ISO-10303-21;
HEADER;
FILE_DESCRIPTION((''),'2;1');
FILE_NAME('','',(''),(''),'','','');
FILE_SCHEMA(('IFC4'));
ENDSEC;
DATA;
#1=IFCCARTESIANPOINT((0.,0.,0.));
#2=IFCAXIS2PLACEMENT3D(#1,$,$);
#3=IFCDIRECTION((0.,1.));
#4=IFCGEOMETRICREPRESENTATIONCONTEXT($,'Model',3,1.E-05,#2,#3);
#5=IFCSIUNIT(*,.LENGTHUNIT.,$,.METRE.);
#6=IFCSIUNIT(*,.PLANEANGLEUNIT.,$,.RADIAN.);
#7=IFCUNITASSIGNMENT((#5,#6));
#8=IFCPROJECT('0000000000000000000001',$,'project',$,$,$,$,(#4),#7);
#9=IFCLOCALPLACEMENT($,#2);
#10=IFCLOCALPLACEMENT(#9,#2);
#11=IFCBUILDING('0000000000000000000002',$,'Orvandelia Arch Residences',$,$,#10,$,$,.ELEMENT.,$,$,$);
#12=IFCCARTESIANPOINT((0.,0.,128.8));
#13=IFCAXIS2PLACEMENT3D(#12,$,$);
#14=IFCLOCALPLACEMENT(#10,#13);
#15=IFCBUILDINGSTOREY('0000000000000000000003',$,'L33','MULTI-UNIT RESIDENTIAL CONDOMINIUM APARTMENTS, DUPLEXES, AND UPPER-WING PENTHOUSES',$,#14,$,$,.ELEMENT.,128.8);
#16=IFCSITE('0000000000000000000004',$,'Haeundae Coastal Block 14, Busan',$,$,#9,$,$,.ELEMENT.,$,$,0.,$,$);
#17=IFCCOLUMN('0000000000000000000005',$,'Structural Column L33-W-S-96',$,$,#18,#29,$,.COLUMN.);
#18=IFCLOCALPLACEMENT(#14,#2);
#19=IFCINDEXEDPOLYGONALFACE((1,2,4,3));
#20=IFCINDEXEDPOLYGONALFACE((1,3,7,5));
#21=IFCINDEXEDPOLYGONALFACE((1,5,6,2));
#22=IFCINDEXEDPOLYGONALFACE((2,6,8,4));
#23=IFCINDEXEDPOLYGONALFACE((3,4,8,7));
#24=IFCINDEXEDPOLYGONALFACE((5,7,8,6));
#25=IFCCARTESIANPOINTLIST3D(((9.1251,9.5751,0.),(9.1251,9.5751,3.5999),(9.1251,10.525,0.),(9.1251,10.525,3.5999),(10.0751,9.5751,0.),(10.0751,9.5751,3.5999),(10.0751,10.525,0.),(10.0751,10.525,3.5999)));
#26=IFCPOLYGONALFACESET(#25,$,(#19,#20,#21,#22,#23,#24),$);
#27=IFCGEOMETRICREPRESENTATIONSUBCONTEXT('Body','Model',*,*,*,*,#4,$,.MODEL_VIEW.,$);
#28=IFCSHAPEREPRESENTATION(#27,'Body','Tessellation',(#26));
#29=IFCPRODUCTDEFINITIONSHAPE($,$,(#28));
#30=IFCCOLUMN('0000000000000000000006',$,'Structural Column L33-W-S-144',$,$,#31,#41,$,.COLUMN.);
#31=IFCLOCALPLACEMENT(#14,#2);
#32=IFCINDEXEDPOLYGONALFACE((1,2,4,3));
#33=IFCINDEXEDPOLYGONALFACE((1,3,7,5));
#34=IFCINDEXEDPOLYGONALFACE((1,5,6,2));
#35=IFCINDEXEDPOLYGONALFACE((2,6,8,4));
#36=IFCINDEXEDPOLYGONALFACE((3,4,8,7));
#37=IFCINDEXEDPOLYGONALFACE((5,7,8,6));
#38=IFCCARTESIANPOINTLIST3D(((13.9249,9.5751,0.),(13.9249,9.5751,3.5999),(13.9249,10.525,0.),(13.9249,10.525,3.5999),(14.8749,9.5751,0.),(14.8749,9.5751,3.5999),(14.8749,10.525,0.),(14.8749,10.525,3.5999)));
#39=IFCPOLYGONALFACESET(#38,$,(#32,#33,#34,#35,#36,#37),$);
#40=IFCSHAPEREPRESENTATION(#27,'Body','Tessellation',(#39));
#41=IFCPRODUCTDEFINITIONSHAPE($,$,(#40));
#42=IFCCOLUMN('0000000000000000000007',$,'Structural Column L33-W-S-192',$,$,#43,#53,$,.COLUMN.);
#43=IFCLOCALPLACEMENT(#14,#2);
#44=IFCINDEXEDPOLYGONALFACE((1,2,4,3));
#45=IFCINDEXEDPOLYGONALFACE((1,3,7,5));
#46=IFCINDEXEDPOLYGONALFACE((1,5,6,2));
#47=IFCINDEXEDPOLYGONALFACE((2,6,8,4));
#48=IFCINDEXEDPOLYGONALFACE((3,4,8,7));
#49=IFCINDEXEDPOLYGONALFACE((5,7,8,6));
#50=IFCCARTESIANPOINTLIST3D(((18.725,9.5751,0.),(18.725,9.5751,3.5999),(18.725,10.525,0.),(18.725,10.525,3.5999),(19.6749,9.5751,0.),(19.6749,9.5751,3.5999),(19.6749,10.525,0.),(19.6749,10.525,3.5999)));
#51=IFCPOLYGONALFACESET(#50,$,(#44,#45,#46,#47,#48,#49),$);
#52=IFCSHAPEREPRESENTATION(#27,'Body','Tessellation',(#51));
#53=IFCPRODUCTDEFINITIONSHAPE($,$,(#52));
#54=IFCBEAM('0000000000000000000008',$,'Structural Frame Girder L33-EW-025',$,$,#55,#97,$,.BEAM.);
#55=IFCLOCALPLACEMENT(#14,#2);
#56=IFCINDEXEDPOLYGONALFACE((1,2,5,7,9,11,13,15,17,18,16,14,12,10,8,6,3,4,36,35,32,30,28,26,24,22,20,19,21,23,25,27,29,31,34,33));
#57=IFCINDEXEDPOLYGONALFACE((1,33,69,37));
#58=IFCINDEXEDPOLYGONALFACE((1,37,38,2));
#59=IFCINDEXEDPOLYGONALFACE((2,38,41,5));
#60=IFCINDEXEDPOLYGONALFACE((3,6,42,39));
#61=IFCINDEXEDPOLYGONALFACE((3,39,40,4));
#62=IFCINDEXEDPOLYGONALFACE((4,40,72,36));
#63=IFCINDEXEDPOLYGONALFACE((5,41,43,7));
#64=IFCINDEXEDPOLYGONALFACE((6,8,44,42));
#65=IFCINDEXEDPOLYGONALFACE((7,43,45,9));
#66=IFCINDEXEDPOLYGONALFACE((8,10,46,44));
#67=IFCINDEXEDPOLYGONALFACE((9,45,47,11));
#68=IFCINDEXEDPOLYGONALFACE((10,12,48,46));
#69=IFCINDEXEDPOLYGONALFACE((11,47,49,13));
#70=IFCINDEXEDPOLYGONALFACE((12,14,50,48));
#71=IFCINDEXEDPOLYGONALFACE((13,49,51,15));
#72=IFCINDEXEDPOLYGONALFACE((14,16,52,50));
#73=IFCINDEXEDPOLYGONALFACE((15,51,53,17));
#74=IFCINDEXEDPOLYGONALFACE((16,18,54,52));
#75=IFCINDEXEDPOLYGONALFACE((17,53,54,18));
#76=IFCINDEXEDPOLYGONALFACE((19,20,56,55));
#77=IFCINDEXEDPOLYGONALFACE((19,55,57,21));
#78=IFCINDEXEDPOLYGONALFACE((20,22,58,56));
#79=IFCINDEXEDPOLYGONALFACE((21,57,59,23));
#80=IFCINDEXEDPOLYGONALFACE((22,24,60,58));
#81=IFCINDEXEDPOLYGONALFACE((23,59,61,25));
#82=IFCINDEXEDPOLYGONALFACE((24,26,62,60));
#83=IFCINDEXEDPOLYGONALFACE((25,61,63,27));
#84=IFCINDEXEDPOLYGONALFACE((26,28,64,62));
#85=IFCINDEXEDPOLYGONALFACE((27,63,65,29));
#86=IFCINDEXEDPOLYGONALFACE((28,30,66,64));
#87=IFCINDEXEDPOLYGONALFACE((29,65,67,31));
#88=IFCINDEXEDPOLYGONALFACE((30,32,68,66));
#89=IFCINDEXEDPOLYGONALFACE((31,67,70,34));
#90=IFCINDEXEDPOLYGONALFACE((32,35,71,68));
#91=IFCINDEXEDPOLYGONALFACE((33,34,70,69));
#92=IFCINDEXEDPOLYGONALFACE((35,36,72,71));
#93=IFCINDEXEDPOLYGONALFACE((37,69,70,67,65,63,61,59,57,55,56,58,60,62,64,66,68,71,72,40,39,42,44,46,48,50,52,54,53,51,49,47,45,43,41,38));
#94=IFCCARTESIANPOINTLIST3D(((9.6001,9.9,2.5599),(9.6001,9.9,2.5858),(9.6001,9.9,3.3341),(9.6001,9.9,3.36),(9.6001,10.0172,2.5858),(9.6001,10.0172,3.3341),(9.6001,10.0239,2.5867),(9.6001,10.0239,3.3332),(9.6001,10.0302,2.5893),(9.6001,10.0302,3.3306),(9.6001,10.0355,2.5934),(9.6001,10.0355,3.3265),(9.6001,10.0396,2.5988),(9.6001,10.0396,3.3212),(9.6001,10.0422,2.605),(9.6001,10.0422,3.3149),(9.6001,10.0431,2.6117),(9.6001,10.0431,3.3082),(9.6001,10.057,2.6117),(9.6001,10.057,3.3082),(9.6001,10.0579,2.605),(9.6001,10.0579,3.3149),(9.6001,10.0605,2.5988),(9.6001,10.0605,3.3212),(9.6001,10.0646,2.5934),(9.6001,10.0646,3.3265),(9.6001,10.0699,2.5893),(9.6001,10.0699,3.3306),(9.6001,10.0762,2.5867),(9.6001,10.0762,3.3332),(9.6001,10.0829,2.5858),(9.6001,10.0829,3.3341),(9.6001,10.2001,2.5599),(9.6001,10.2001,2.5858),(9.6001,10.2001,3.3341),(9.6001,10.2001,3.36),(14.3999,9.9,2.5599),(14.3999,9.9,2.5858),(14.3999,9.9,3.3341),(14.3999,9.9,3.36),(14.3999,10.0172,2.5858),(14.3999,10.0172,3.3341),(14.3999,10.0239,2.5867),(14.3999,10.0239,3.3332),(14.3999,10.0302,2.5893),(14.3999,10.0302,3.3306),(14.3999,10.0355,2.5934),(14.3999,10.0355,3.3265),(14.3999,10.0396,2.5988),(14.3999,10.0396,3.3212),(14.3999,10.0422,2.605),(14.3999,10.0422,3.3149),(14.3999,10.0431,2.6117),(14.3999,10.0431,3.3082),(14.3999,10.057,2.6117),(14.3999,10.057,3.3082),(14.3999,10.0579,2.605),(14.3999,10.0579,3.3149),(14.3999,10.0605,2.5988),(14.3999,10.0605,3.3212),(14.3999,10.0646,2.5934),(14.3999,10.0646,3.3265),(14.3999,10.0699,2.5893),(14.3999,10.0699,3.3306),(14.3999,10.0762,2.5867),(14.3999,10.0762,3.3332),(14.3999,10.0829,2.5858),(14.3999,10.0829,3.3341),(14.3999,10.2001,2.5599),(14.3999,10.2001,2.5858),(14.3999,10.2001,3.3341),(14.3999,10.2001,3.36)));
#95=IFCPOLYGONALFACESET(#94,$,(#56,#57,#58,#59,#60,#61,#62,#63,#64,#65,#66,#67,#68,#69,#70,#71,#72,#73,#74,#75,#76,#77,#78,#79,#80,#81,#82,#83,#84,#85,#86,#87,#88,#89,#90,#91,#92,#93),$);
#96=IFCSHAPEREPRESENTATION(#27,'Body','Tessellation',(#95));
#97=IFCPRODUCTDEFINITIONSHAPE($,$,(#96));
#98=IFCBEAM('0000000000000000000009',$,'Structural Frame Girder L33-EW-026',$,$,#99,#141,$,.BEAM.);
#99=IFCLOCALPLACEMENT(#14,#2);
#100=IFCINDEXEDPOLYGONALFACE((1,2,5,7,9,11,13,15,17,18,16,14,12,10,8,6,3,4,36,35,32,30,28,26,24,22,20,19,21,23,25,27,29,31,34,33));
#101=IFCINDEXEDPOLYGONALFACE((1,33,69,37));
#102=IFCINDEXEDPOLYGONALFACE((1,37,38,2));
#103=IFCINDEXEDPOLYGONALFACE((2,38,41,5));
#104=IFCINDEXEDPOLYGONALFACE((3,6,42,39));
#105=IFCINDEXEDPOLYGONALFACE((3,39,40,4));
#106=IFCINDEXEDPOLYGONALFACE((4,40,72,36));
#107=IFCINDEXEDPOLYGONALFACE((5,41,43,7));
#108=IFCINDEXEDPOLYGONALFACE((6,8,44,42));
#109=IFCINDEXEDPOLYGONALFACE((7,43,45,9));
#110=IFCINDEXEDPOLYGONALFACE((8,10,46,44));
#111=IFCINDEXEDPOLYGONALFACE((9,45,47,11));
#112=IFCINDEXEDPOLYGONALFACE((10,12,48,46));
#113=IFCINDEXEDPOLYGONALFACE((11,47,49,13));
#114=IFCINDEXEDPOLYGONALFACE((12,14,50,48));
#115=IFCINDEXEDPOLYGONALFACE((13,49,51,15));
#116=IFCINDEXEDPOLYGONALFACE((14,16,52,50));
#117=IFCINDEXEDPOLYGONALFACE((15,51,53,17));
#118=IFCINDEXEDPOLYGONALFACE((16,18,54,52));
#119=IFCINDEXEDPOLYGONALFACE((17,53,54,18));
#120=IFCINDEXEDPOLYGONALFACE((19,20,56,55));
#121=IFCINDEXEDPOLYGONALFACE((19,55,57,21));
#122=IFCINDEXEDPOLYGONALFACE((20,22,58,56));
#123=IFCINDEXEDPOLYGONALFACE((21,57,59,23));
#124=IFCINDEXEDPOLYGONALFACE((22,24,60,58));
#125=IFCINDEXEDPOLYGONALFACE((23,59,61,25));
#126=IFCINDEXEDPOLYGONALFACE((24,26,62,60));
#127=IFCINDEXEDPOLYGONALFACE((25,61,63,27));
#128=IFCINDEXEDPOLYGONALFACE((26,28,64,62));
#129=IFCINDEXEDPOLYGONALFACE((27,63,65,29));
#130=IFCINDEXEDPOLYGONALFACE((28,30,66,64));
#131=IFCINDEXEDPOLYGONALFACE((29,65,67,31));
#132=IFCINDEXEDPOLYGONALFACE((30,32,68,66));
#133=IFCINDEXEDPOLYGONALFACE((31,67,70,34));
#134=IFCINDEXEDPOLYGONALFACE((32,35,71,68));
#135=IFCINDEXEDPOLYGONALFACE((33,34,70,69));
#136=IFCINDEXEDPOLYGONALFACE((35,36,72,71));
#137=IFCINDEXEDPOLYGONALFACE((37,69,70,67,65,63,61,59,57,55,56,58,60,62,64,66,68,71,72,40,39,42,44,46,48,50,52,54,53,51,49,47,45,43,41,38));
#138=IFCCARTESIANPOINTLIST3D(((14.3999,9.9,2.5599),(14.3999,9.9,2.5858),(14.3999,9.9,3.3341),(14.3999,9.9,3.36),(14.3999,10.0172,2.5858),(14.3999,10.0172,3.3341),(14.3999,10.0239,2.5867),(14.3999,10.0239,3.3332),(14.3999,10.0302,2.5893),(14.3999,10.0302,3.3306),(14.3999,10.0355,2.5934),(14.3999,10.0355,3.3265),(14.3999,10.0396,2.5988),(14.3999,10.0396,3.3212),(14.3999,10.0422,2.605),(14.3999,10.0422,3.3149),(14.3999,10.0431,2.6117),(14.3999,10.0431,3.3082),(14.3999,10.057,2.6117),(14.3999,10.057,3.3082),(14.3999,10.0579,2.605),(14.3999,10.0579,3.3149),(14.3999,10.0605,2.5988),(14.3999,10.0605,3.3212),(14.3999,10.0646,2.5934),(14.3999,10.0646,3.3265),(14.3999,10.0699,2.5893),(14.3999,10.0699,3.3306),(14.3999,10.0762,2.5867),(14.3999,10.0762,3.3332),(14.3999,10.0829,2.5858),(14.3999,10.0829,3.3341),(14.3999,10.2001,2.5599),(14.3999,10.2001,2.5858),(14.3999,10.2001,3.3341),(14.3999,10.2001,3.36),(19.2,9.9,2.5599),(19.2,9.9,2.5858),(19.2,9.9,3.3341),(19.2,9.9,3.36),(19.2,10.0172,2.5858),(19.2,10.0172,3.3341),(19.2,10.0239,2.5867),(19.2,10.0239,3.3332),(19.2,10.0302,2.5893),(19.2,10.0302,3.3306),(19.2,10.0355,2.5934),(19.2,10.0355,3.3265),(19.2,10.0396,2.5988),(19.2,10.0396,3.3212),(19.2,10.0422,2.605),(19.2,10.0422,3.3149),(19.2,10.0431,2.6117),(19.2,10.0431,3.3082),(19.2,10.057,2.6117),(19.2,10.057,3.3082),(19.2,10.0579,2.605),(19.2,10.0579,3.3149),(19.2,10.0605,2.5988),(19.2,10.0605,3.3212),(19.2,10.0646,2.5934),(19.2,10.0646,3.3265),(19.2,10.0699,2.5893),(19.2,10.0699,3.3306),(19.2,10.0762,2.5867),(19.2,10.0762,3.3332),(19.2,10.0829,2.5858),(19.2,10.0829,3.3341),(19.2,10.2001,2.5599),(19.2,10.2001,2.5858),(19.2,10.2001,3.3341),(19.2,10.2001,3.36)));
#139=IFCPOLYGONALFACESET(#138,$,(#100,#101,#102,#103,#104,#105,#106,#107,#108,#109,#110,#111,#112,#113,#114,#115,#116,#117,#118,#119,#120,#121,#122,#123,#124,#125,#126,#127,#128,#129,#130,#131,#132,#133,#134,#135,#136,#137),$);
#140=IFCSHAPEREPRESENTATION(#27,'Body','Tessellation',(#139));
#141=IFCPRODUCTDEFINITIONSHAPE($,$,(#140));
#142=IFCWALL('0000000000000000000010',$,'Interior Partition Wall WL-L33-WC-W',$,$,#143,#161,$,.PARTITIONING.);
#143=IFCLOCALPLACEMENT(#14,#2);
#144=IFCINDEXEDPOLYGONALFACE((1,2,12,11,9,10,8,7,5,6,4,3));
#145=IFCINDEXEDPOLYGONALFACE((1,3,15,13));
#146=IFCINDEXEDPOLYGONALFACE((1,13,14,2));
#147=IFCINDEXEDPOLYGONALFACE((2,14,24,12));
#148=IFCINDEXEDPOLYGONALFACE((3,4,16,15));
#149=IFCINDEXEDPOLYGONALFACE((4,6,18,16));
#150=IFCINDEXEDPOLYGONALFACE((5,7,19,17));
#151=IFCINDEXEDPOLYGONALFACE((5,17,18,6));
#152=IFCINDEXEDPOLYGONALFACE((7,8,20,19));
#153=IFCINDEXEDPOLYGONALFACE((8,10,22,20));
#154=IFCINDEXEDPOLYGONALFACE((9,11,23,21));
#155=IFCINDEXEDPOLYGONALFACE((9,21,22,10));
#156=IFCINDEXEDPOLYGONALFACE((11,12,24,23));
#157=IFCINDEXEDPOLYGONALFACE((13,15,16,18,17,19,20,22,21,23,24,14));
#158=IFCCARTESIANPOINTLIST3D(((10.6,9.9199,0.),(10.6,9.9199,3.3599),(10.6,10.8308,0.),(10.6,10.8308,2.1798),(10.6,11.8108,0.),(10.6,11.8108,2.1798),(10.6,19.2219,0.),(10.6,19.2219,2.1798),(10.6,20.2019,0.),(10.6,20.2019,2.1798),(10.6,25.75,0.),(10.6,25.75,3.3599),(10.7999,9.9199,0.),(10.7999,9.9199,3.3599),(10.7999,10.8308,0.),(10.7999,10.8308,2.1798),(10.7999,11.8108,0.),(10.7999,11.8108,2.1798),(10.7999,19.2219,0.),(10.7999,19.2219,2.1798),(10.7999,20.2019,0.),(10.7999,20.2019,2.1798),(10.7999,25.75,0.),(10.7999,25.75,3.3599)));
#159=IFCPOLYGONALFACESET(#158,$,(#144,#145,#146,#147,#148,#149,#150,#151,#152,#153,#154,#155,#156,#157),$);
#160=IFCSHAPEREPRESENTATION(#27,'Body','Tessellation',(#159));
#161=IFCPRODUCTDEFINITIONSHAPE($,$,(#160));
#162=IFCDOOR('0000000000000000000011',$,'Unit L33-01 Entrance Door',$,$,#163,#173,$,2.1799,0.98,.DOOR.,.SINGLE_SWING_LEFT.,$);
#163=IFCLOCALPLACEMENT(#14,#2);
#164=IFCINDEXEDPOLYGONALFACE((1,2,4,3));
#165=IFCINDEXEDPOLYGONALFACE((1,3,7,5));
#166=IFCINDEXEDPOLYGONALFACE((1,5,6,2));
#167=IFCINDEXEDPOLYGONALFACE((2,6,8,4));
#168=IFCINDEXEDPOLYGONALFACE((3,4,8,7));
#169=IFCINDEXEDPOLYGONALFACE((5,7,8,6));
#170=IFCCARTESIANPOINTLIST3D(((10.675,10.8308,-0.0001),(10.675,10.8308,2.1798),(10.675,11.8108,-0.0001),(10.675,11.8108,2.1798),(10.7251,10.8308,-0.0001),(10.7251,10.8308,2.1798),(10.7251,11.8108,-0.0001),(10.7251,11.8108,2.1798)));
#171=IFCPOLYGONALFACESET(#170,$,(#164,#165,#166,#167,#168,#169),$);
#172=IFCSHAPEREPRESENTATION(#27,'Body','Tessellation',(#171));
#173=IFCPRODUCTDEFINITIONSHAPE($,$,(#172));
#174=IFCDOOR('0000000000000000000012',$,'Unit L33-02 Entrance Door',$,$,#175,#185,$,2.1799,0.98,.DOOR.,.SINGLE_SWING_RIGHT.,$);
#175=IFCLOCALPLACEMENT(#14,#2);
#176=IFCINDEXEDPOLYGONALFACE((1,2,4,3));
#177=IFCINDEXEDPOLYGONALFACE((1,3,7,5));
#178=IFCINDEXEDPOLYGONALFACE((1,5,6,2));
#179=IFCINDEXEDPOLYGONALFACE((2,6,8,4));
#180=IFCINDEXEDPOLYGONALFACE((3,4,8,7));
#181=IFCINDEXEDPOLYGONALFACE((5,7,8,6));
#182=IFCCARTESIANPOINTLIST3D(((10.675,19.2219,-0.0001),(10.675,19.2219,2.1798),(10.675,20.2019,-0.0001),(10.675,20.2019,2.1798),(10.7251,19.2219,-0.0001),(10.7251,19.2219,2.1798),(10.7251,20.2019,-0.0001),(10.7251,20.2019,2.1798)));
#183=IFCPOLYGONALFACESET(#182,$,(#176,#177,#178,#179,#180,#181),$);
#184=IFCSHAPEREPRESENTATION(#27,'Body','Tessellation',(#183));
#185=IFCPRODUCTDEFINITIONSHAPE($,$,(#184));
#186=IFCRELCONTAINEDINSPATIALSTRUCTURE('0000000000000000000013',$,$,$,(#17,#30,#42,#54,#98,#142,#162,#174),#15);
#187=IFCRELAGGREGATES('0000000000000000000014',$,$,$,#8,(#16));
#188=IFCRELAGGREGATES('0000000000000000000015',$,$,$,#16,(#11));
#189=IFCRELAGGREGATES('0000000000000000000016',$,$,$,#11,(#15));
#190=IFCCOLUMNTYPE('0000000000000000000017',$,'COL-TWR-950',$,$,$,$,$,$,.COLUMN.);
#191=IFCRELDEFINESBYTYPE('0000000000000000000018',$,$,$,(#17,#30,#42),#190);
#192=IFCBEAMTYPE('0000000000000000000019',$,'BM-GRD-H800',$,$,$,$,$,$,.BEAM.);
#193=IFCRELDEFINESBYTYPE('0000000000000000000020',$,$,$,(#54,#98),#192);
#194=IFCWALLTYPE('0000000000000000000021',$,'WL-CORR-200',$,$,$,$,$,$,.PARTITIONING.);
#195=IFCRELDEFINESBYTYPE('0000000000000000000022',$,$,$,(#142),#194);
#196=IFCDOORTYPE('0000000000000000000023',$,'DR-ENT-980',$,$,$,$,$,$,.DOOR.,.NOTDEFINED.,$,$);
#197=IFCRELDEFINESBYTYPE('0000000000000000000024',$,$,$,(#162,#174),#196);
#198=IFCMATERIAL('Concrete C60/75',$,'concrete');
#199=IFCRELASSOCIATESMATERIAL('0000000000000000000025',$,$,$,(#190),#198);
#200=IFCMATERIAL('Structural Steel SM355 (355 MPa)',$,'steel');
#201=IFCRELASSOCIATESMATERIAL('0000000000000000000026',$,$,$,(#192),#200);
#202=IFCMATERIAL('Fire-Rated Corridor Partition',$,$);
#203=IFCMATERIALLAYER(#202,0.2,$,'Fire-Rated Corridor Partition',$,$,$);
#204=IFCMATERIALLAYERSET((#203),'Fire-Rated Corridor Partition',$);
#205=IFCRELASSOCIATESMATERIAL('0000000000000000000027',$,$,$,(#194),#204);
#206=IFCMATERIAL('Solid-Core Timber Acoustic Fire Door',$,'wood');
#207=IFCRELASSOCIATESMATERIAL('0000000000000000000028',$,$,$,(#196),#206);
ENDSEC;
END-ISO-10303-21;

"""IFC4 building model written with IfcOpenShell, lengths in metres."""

from ifc_helpers import new_model, si_unit, direction, frame, frame_2d, origin, origin_2d, place, context, subcontext, project, spatial, rectangle, i_section, extrude, material, layer, layer_set, material_profile, profile_set, type_object, element, fill, save


model = new_model("IFC4")

# Units and contexts
model_context = context("Model", 3, precision=1e-05, world=origin(), true_north=direction((0.0, 1.0)))
body_context = subcontext(model_context, "Body", "Model", "MODEL_VIEW")
ifc_project = project(units=[si_unit("LENGTHUNIT", "METRE"), si_unit("PLANEANGLEUNIT", "RADIAN")], contexts=[model_context])

# Site, building, storey
site_placement = place(None, origin())
site = spatial("IfcSite", under=ifc_project, at=site_placement, Name="Haeundae Coastal Block 14, Busan", CompositionType="ELEMENT", RefElevation=0.0)
building_placement = place(site_placement, origin())
building = spatial("IfcBuilding", under=site, at=building_placement, Name="Orvandelia Arch Residences", CompositionType="ELEMENT")
storey_placement = place(building_placement, frame((0.0, 0.0, 128.8)))
storey = spatial("IfcBuildingStorey", under=building, at=storey_placement, Name="L33", Description="MULTI-UNIT RESIDENTIAL CONDOMINIUM APARTMENTS, DUPLEXES, AND UPPER-WING PENTHOUSES", CompositionType="ELEMENT", Elevation=128.8)

# Columns
ifc_material_1 = material(Name="Concrete C60/75", Category="concrete")
ifc_material_profile_1 = material_profile(ifc_material_1, rectangle(XDim=0.95, YDim=0.95, at=origin_2d()), Name="Concrete C60/75", Category="concrete")
ifc_profile_set_1 = profile_set([ifc_material_profile_1], Name="Concrete C60/75")
column_type = type_object("IfcColumnType", Name="COL-TWR-950", PredefinedType="COLUMN", material=ifc_profile_set_1)
for number, where, z_axis, x_axis, name in (
    (1, (9.6001, 10.05, 0.0), (0.0, 0.0, 1.0), (1.0, 0.0, 0.0), "Structural Column L33-W-S-96"),
    (2, (14.3999, 10.05, 0.0), (0.0, 0.0, 1.0), (1.0, 0.0, 0.0), "Structural Column L33-W-S-144"),
    (3, (19.2, 10.05, 0.0), (0.0, 0.0, 1.0), (1.0, 0.0, 0.0), "Structural Column L33-W-S-192"),
):
    element("IfcColumn", number, at=place(storey_placement, frame(where, z_axis=z_axis, x_axis=x_axis)), inside=storey, type_object=column_type, Name=name, PredefinedType="COLUMN", context=body_context, shape_type="SweptSolid", body=[
        extrude(rectangle(XDim=0.95, YDim=0.95, at=origin_2d()), origin(), (0.0, 0.0, 1.0), 3.5999),
    ])

# Beams
ifc_material_2 = material(Name="Structural Steel SM355 (355 MPa)", Category="steel")
ifc_material_profile_2 = material_profile(ifc_material_2, i_section(OverallWidth=0.3, OverallDepth=0.8, WebThickness=0.0139, FlangeThickness=0.0259, FilletRadius=0.0259, at=origin_2d()), Name="Structural Steel SM355 (355 MPa)", Category="steel")
ifc_profile_set_2 = profile_set([ifc_material_profile_2], Name="Structural Steel SM355 (355 MPa)")
beam_type = type_object("IfcBeamType", Name="BM-GRD-H800", PredefinedType="BEAM", material=ifc_profile_set_2)
beam_1_placement = place(storey_placement, frame((9.6001, 10.05, 2.96), z_axis=(1.0, 0.0, 0.0), x_axis=(0.0, 1.0, 0.0)))
element("IfcBeam", 4, at=beam_1_placement, inside=storey, type_object=beam_type, Name="Structural Frame Girder L33-EW-025", PredefinedType="BEAM", context=body_context, shape_type="SweptSolid", body=[
    extrude(i_section(OverallWidth=0.3, OverallDepth=0.8, WebThickness=0.0139, FlangeThickness=0.0259, FilletRadius=0.0259, at=origin_2d()), origin(), (0.0, 0.0, 1.0), 4.7998),
])
beam_2_placement = place(storey_placement, frame((14.3999, 10.05, 2.96), z_axis=(1.0, 0.0, 0.0), x_axis=(0.0, 1.0, 0.0)))
element("IfcBeam", 5, at=beam_2_placement, inside=storey, type_object=beam_type, Name="Structural Frame Girder L33-EW-026", PredefinedType="BEAM", context=body_context, shape_type="SweptSolid", body=[
    extrude(i_section(OverallWidth=0.3, OverallDepth=0.8, WebThickness=0.0139, FlangeThickness=0.0259, FilletRadius=0.0259, at=origin_2d()), origin(), (0.0, 0.0, 1.0), 4.8),
])

# Wall, openings, doors
ifc_material_3 = material(Name="Fire-Rated Corridor Partition")
ifc_layer_1 = layer(ifc_material_3, 0.2, Name="Fire-Rated Corridor Partition")
ifc_layer_set_1 = layer_set([ifc_layer_1], Name="Fire-Rated Corridor Partition")
wall_type_1 = type_object("IfcWallType", Name="WL-CORR-200", PredefinedType="PARTITIONING", material=ifc_layer_set_1)
wall_1_placement = place(storey_placement, frame((10.7, 9.9199, 0.0), z_axis=(0.0, 0.0, 1.0), x_axis=(0.0, 1.0, 0.0)))
wall_1 = element("IfcWall", 6, at=wall_1_placement, inside=storey, type_object=wall_type_1, Name="Interior Partition Wall WL-L33-WC-W", PredefinedType="PARTITIONING", context=body_context, shape_type="SweptSolid", body=[
    extrude(rectangle(XDim=15.8301, YDim=0.2, at=frame_2d((7.915, 0.0))), origin(), (0.0, 0.0, 1.0), 3.3599),
])
opening_1_placement = place(wall_1_placement, frame((0.9109, 0.0, 0.0)))
opening_1 = element("IfcOpeningElement", 7, at=opening_1_placement, cuts=wall_1, PredefinedType="OPENING", context=body_context, shape_type="SweptSolid", body=[
    extrude(rectangle(XDim=0.98, YDim=2.1799, at=frame_2d((0.49, 1.0898))), frame((0.0, 0.1099, 0.0), z_axis=(0.0, -1.0, 0.0), x_axis=(1.0, 0.0, 0.0)), (0.0, 0.0, 1.0), 0.22),
])
opening_2_placement = place(wall_1_placement, frame((9.302, 0.0, 0.0)))
opening_2 = element("IfcOpeningElement", 8, at=opening_2_placement, cuts=wall_1, PredefinedType="OPENING", context=body_context, shape_type="SweptSolid", body=[
    extrude(rectangle(XDim=0.98, YDim=2.1799, at=frame_2d((0.49, 1.0898))), frame((0.0, 0.1099, 0.0), z_axis=(0.0, -1.0, 0.0), x_axis=(1.0, 0.0, 0.0)), (0.0, 0.0, 1.0), 0.22),
])
ifc_material_4 = material(Name="Solid-Core Timber Acoustic Fire Door", Category="wood")
door_type_1 = type_object("IfcDoorType", Name="DR-ENT-980", OperationType="NOTDEFINED", PredefinedType="DOOR", material=ifc_material_4)
door_1_placement = place(opening_1_placement, origin())
door_1 = element("IfcDoor", 9, at=door_1_placement, inside=storey, type_object=door_type_1, Name="Unit L33-01 Entrance Door", OperationType="SINGLE_SWING_LEFT", OverallHeight=2.1799, OverallWidth=0.98, PredefinedType="DOOR", context=body_context, shape_type="SweptSolid", body=[
    extrude(rectangle(XDim=0.98, YDim=2.1799, at=frame_2d((0.49, 1.0898))), frame((0.0, 0.0249, 0.0), z_axis=(0.0, -1.0, 0.0), x_axis=(1.0, 0.0, 0.0)), (0.0, 0.0, 1.0), 0.05),
])
fill(opening_1, door_1)
door_2_placement = place(opening_2_placement, origin())
door_2 = element("IfcDoor", 10, at=door_2_placement, inside=storey, type_object=door_type_1, Name="Unit L33-02 Entrance Door", OperationType="SINGLE_SWING_RIGHT", OverallHeight=2.1799, OverallWidth=0.98, PredefinedType="DOOR", context=body_context, shape_type="SweptSolid", body=[
    extrude(rectangle(XDim=0.98, YDim=2.1799, at=frame_2d((0.49, 1.0898))), frame((0.0, 0.0249, 0.0), z_axis=(0.0, -1.0, 0.0), x_axis=(1.0, 0.0, 0.0)), (0.0, 0.0, 1.0), 0.05),
])
fill(opening_2, door_2)

save(model, "model.ifc")
